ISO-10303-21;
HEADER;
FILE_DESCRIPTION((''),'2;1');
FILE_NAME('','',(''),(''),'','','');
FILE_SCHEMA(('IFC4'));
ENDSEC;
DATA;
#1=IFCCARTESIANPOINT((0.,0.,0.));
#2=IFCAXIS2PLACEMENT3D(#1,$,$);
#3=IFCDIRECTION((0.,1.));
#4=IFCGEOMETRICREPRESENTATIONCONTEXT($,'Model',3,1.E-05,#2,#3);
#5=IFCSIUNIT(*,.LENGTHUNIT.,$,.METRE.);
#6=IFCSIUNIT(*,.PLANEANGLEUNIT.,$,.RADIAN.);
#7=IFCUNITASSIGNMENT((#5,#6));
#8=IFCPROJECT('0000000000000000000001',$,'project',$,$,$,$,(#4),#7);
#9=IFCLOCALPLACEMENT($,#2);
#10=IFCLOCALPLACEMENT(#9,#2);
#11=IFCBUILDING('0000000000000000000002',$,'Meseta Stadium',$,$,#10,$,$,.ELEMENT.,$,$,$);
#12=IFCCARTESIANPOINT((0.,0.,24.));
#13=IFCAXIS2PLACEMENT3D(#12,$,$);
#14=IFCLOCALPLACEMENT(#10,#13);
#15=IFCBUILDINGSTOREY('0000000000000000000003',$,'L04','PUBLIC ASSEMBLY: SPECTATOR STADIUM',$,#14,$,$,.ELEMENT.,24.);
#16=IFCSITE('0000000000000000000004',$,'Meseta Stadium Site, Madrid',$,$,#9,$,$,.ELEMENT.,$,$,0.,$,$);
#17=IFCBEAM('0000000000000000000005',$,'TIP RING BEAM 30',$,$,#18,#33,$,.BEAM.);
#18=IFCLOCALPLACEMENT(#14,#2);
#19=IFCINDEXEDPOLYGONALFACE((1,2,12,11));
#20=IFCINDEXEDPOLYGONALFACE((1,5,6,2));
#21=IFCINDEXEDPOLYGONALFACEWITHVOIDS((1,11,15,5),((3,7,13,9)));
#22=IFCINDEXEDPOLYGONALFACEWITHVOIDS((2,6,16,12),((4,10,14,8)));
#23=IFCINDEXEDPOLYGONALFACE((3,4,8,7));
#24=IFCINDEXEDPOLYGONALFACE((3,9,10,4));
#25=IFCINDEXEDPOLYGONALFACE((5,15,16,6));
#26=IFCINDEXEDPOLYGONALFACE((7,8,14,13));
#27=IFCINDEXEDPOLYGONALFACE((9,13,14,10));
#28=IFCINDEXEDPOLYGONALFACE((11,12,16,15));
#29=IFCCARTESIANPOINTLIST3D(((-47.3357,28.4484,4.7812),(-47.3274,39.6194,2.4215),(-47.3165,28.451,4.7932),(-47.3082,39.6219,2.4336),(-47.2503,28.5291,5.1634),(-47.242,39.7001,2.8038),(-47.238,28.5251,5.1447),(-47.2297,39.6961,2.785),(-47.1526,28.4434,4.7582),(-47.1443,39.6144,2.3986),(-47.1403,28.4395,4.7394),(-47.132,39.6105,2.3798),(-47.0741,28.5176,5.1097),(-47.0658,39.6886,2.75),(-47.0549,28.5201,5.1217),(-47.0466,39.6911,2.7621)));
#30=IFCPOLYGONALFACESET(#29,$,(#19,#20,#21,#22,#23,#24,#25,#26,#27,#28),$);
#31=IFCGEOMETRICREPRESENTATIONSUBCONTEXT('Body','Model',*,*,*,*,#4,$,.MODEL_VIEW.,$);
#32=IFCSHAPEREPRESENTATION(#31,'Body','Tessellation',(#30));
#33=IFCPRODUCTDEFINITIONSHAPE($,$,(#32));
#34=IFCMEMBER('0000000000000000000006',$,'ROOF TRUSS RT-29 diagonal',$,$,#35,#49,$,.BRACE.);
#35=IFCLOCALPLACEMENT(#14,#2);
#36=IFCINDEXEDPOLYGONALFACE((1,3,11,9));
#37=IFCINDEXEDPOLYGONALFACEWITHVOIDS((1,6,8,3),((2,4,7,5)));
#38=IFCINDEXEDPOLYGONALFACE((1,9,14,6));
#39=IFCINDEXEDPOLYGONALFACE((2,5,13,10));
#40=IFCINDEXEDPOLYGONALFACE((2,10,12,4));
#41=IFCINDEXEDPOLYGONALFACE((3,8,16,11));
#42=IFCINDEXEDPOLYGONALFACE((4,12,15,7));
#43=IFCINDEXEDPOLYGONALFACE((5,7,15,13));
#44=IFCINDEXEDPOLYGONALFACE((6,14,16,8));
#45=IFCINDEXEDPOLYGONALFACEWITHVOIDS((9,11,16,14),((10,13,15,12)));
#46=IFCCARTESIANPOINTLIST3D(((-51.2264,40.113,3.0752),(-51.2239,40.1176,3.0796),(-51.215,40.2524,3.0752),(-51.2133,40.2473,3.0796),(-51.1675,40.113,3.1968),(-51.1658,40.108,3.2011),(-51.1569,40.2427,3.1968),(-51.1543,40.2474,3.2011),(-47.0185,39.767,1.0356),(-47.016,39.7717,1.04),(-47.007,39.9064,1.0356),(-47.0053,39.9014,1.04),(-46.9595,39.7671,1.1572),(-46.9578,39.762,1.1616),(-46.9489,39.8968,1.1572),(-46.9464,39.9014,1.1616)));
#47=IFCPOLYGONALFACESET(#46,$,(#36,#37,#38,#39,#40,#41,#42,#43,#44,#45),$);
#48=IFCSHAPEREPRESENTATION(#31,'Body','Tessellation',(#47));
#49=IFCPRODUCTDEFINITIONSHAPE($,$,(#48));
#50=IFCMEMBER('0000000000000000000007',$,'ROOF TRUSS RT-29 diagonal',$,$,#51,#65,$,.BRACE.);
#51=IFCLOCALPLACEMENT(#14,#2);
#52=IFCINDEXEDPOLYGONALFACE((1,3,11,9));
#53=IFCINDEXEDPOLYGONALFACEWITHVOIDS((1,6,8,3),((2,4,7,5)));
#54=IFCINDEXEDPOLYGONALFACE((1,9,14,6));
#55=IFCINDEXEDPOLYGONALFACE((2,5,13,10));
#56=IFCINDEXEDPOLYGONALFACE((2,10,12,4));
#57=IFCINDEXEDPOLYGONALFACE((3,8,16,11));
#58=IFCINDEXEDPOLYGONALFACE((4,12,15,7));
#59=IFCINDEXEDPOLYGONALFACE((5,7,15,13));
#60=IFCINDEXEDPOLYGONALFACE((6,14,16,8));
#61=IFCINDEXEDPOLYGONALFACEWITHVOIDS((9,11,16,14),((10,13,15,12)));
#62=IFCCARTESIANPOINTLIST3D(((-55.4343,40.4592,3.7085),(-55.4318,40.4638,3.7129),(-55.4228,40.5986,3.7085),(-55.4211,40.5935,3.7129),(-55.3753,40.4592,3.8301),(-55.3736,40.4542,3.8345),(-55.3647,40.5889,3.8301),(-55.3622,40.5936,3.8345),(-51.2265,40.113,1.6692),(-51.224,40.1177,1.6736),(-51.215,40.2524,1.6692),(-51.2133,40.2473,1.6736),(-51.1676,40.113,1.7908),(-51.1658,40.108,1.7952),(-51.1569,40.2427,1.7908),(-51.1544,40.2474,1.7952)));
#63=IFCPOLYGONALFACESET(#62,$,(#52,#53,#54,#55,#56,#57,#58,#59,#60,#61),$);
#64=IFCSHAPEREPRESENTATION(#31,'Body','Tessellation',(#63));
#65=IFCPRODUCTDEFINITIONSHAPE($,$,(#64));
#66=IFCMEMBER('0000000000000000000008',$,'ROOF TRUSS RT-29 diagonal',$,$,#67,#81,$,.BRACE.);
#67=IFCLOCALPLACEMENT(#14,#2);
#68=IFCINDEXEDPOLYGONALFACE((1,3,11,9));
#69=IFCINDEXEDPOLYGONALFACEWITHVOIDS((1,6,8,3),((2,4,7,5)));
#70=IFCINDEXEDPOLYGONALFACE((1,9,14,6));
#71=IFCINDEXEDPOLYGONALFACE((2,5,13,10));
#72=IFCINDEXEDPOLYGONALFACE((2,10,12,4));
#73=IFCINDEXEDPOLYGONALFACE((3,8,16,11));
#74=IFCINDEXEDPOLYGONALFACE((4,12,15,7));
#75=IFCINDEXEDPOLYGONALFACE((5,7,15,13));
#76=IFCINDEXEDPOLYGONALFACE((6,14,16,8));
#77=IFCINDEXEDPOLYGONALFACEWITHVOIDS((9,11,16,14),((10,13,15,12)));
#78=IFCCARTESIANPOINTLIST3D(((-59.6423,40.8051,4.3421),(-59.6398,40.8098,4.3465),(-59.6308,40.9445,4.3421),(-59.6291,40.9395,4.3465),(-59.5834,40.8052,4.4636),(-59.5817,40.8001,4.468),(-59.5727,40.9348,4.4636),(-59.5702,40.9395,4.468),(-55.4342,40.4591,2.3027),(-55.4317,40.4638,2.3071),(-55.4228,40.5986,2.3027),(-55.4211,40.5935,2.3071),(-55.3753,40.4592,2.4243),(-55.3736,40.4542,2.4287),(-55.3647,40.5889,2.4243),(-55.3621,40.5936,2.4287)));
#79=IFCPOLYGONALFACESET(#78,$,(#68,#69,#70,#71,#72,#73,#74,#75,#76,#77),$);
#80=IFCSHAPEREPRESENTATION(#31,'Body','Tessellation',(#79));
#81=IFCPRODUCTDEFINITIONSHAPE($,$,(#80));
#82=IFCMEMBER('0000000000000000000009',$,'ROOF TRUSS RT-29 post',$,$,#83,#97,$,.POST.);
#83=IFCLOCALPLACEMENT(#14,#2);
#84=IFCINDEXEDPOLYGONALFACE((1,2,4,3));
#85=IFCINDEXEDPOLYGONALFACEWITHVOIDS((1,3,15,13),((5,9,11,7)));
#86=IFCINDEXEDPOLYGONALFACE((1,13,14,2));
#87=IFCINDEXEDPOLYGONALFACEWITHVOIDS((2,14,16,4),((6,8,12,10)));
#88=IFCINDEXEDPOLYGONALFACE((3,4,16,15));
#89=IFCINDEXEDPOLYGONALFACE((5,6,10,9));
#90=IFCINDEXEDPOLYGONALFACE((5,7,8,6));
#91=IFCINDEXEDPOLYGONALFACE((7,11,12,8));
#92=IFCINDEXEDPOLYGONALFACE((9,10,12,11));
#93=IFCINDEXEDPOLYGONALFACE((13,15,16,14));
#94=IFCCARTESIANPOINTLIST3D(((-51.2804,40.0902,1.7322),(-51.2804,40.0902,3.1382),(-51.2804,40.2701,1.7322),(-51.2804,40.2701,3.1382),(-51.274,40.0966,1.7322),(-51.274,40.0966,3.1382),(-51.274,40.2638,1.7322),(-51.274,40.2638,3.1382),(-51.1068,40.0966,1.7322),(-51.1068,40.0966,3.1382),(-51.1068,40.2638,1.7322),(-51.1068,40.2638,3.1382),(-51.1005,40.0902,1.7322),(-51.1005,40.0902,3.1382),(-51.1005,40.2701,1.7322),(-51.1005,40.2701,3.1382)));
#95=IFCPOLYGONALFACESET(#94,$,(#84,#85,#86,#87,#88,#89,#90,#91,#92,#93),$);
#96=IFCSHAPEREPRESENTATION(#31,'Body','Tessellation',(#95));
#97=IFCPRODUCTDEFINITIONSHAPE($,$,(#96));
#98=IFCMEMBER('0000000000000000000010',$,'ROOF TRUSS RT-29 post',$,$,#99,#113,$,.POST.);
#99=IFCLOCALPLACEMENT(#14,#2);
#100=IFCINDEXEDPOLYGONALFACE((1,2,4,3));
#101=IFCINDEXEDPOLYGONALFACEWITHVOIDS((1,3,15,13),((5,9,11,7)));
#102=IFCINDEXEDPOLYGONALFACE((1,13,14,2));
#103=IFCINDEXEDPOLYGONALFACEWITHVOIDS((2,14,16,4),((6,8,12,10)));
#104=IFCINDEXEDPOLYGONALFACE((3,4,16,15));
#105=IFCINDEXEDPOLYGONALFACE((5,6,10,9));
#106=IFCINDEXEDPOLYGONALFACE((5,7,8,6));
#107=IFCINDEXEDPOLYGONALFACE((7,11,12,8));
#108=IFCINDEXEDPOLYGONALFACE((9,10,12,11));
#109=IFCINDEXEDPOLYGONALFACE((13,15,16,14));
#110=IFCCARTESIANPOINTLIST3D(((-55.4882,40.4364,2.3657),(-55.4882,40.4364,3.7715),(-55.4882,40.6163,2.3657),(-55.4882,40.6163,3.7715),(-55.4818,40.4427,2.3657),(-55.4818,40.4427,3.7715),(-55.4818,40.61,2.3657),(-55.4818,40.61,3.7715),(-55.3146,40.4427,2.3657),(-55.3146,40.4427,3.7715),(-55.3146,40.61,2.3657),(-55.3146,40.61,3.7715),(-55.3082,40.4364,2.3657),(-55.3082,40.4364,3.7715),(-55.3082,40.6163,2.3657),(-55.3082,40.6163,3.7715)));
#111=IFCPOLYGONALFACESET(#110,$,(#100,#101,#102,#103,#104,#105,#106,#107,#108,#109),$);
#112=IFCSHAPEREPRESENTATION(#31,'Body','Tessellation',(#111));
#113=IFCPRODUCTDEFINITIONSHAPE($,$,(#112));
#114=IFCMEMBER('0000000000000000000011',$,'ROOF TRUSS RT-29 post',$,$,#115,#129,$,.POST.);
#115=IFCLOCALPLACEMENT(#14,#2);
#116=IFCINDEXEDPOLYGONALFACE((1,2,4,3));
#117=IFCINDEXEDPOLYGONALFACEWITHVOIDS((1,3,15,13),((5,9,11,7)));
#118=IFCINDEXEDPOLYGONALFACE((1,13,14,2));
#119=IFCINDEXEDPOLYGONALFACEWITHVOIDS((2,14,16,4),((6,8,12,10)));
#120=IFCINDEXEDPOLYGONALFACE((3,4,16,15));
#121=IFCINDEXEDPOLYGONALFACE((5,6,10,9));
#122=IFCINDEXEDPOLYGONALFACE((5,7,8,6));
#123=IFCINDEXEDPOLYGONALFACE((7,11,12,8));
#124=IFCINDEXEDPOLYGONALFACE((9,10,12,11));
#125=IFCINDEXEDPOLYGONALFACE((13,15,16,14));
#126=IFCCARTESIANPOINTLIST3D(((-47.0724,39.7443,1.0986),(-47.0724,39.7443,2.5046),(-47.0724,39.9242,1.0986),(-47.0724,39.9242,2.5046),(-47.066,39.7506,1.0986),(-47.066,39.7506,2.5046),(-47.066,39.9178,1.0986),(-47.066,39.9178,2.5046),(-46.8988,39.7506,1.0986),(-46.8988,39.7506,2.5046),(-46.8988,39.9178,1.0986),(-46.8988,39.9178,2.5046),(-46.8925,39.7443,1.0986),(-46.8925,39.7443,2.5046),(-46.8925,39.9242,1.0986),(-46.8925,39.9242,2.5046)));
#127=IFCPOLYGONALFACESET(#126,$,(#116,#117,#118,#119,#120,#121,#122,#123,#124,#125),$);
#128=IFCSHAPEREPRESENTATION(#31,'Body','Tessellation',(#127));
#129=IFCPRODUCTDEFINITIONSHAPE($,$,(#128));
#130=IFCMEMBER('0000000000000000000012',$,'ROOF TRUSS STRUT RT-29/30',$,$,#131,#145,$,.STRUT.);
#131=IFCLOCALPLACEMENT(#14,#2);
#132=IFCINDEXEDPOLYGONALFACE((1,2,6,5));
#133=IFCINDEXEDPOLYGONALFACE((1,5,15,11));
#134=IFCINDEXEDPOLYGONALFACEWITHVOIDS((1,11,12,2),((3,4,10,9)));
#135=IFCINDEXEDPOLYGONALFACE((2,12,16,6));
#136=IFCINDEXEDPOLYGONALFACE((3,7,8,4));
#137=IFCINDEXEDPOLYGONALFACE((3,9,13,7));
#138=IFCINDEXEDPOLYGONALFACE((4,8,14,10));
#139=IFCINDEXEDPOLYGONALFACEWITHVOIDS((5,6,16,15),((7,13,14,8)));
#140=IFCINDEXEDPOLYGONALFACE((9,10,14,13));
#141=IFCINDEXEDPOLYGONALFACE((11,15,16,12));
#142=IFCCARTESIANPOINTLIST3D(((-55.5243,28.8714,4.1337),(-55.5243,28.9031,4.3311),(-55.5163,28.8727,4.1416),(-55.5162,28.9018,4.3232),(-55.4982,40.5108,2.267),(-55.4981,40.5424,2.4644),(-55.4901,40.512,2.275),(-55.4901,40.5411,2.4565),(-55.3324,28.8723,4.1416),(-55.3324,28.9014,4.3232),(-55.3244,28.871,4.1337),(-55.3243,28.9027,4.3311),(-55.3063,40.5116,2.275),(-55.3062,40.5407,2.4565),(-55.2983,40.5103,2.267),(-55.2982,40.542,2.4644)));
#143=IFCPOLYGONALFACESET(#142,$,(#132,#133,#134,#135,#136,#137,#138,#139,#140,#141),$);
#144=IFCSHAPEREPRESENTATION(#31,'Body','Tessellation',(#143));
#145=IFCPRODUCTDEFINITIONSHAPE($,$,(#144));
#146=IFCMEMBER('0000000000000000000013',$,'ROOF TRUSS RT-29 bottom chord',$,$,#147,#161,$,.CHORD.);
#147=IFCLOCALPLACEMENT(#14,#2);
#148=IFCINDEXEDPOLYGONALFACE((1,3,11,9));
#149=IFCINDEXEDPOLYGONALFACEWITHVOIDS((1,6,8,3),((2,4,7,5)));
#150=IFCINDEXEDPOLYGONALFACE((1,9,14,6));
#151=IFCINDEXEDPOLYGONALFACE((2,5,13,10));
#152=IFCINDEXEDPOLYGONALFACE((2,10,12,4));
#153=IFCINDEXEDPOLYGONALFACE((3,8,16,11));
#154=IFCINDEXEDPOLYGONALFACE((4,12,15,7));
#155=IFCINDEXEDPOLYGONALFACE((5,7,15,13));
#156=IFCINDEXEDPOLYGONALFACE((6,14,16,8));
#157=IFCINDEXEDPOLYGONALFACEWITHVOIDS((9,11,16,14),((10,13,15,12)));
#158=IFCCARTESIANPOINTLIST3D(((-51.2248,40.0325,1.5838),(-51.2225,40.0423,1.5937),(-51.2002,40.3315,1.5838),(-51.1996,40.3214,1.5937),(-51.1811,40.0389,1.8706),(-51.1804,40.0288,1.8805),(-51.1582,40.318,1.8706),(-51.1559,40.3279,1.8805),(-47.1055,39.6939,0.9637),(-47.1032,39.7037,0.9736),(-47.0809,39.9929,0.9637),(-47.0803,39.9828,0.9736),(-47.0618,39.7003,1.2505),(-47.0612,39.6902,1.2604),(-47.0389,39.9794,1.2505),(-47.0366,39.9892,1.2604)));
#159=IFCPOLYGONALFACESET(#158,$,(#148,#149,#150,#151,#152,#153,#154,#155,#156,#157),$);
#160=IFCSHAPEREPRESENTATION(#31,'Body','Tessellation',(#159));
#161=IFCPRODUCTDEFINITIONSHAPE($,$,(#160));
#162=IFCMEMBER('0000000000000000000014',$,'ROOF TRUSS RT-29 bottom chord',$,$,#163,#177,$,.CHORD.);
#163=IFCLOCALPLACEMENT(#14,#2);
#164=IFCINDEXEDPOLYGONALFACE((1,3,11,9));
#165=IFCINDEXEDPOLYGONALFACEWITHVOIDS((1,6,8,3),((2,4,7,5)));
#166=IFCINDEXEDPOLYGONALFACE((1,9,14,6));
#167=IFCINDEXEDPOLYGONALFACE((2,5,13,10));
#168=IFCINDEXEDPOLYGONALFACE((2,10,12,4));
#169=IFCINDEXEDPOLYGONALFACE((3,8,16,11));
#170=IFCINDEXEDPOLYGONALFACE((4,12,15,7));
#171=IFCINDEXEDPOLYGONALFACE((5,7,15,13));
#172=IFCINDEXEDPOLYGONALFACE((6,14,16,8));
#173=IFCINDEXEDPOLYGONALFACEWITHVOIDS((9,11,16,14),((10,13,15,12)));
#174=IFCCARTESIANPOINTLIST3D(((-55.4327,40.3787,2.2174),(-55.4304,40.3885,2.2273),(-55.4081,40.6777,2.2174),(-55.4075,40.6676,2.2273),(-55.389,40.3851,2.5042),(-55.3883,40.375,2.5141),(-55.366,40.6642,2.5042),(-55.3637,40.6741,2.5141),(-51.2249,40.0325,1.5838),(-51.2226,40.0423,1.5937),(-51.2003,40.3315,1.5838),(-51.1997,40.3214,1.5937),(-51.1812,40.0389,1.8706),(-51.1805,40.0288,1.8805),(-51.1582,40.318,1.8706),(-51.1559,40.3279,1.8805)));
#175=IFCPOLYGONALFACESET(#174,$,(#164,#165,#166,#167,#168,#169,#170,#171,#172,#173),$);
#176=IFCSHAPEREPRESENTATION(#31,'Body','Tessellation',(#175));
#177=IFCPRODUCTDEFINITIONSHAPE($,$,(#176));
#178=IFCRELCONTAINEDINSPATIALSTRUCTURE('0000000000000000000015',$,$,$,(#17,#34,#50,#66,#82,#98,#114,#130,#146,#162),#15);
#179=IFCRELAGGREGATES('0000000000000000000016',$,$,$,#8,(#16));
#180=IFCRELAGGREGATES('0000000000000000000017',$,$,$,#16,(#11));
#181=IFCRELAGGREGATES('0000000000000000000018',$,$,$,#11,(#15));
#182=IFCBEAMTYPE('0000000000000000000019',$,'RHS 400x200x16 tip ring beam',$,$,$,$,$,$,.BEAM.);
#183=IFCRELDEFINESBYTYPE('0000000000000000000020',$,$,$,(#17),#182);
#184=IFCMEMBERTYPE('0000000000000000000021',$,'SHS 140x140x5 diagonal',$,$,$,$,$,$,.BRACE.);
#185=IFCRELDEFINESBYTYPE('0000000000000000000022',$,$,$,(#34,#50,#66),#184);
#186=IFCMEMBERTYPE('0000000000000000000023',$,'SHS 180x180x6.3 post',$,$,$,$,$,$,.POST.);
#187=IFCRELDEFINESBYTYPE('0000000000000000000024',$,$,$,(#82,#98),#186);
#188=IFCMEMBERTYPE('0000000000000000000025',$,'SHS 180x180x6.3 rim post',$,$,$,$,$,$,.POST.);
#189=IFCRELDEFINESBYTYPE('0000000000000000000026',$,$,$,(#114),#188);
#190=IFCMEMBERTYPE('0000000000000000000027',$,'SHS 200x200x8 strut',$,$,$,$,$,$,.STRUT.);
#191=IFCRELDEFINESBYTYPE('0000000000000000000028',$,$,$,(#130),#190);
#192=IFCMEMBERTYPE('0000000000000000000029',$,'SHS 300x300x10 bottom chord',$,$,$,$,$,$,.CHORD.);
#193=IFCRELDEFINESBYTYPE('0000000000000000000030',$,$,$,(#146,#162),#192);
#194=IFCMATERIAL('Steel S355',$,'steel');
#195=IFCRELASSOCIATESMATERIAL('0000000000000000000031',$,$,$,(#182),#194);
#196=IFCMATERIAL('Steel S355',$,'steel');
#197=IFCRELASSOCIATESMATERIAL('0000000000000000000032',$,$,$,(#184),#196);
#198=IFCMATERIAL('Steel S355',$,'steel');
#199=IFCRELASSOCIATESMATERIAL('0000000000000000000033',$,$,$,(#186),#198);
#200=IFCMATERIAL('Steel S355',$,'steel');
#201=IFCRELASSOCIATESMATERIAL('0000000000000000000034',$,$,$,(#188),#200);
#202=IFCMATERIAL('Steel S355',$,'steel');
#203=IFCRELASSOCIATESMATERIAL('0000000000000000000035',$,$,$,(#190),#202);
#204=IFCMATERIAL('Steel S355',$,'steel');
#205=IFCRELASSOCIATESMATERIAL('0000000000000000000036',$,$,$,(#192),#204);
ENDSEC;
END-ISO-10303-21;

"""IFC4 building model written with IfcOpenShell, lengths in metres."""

from ifc_helpers import new_model, si_unit, direction, frame, origin, origin_2d, place, context, subcontext, project, spatial, hollow_rectangle, extrude, material, material_profile, profile_set, type_object, element, save


model = new_model("IFC4")

# Units and contexts
model_context = context("Model", 3, precision=1e-05, world=origin(), true_north=direction((0.0, 1.0)))
body_context = subcontext(model_context, "Body", "Model", "MODEL_VIEW")
ifc_project = project(units=[si_unit("LENGTHUNIT", "METRE"), si_unit("PLANEANGLEUNIT", "RADIAN")], contexts=[model_context])

# Site, building, storey
site_placement = place(None, origin())
site = spatial("IfcSite", under=ifc_project, at=site_placement, Name="Meseta Stadium Site, Madrid", CompositionType="ELEMENT", RefElevation=0.0)
building_placement = place(site_placement, origin())
building = spatial("IfcBuilding", under=site, at=building_placement, Name="Meseta Stadium", CompositionType="ELEMENT")
storey_placement = place(building_placement, frame((0.0, 0.0, 24.0)))
storey = spatial("IfcBuildingStorey", under=building, at=storey_placement, Name="L04", Description="PUBLIC ASSEMBLY: SPECTATOR STADIUM", CompositionType="ELEMENT", Elevation=24.0)

# Beam
ifc_material_1 = material(Name="Steel S355", Category="steel")
ifc_material_profile_1 = material_profile(ifc_material_1, hollow_rectangle(XDim=0.2, YDim=0.3999, WallThickness=0.0161, at=origin_2d()), Name="RHS 400x200x16")
ifc_profile_set_1 = profile_set([ifc_material_profile_1], Name="Steel S355")
beam_type = type_object("IfcBeamType", Name="RHS 400x200x16 tip ring beam", PredefinedType="BEAM", material=ifc_profile_set_1)
beam_placement = place(storey_placement, frame((-47.187, 39.6553, 2.5918), z_axis=(-0.000727, -0.978411, 0.206669), x_axis=(0.976934, -0.044827, -0.208782)))
element("IfcBeam", 1, at=beam_placement, inside=storey, type_object=beam_type, Name="TIP RING BEAM 30", PredefinedType="BEAM", context=body_context, shape_type="SweptSolid", body=[
    extrude(hollow_rectangle(XDim=0.2, YDim=0.3999, WallThickness=0.0161, at=origin_2d()), origin(), (0.0, 0.0, 1.0), 11.4175),
])

# Members
ifc_material_2 = material(Name="Steel S355", Category="steel")
ifc_material_profile_2 = material_profile(ifc_material_2, hollow_rectangle(XDim=0.1399, YDim=0.1399, WallThickness=0.0049, at=origin_2d()), Name="SHS 140x140x5")
ifc_profile_set_2 = profile_set([ifc_material_profile_2], Name="Steel S355")
member_type_1 = type_object("IfcMemberType", Name="SHS 140x140x5 diagonal", PredefinedType="BRACE", material=ifc_profile_set_2)
member_1_placement = place(storey_placement, frame((-46.9824, 39.8342, 1.0986), z_axis=(-0.89742, 0.073778, 0.434964), x_axis=(-0.081935, -0.996638, 0.0)))
element("IfcMember", 2, at=member_1_placement, inside=storey, type_object=member_type_1, Name="ROOF TRUSS RT-29 diagonal", PredefinedType="BRACE", context=body_context, shape_type="SweptSolid", body=[
    extrude(hollow_rectangle(XDim=0.1399, YDim=0.1399, WallThickness=0.0049, at=origin_2d()), origin(), (0.0, 0.0, 1.0), 4.689),
])
member_2_placement = place(storey_placement, frame((-51.1904, 40.1802, 1.7322), z_axis=(-0.897427, 0.073835, 0.434941), x_axis=(-0.081997, -0.996633, 0.0)))
element("IfcMember", 3, at=member_2_placement, inside=storey, type_object=member_type_1, Name="ROOF TRUSS RT-29 diagonal", PredefinedType="BRACE", context=body_context, shape_type="SweptSolid", body=[
    extrude(hollow_rectangle(XDim=0.1399, YDim=0.1399, WallThickness=0.0049, at=origin_2d()), origin(), (0.0, 0.0, 1.0), 4.6887),
])
member_3_placement = place(storey_placement, frame((-55.3982, 40.5264, 2.3657), z_axis=(-0.89744, 0.07378, 0.434922), x_axis=(-0.081935, -0.996638, 0.0)))
element("IfcMember", 4, at=member_3_placement, inside=storey, type_object=member_type_1, Name="ROOF TRUSS RT-29 diagonal", PredefinedType="BRACE", context=body_context, shape_type="SweptSolid", body=[
    extrude(hollow_rectangle(XDim=0.1399, YDim=0.1399, WallThickness=0.0049, at=origin_2d()), origin(), (0.0, 0.0, 1.0), 4.689),
])
ifc_material_3 = material(Name="Steel S355", Category="steel")
ifc_material_profile_3 = material_profile(ifc_material_3, hollow_rectangle(XDim=0.1799, YDim=0.1799, WallThickness=0.0063, at=origin_2d()), Name="SHS 180x180x6.3")
ifc_profile_set_3 = profile_set([ifc_material_profile_3], Name="Steel S355")
member_type_2 = type_object("IfcMemberType", Name="SHS 180x180x6.3 post", PredefinedType="POST", material=ifc_profile_set_3)
member_4_placement = place(storey_placement, frame((-51.1904, 40.1802, 1.7322), z_axis=(0.0, 0.0, 1.0), x_axis=(1.0, 0.0, 0.0)))
element("IfcMember", 5, at=member_4_placement, inside=storey, type_object=member_type_2, Name="ROOF TRUSS RT-29 post", PredefinedType="POST", context=body_context, shape_type="SweptSolid", body=[
    extrude(hollow_rectangle(XDim=0.1799, YDim=0.1799, WallThickness=0.0063, at=origin_2d()), origin(), (0.0, 0.0, 1.0), 1.406),
])
member_5_placement = place(storey_placement, frame((-55.3982, 40.5264, 2.3657), z_axis=(0.0, 0.0, 1.0), x_axis=(1.0, 0.0, 0.0)))
element("IfcMember", 6, at=member_5_placement, inside=storey, type_object=member_type_2, Name="ROOF TRUSS RT-29 post", PredefinedType="POST", context=body_context, shape_type="SweptSolid", body=[
    extrude(hollow_rectangle(XDim=0.1799, YDim=0.1799, WallThickness=0.0063, at=origin_2d()), origin(), (0.0, 0.0, 1.0), 1.4058),
])
ifc_material_4 = material(Name="Steel S355", Category="steel")
ifc_material_profile_4 = material_profile(ifc_material_4, hollow_rectangle(XDim=0.1799, YDim=0.1799, WallThickness=0.0063, at=origin_2d()), Name="SHS 180x180x6.3")
ifc_profile_set_4 = profile_set([ifc_material_profile_4], Name="Steel S355")
member_type_3 = type_object("IfcMemberType", Name="SHS 180x180x6.3 rim post", PredefinedType="POST", material=ifc_profile_set_4)
member_6_placement = place(storey_placement, frame((-46.9824, 39.8342, 1.0986), z_axis=(0.0, 0.0, 1.0), x_axis=(1.0, 0.0, 0.0)))
element("IfcMember", 7, at=member_6_placement, inside=storey, type_object=member_type_3, Name="ROOF TRUSS RT-29 post", PredefinedType="POST", context=body_context, shape_type="SweptSolid", body=[
    extrude(hollow_rectangle(XDim=0.1799, YDim=0.1799, WallThickness=0.0063, at=origin_2d()), origin(), (0.0, 0.0, 1.0), 1.406),
])
ifc_material_5 = material(Name="Steel S355", Category="steel")
ifc_material_profile_5 = material_profile(ifc_material_5, hollow_rectangle(XDim=0.2, YDim=0.2, WallThickness=0.0081, at=origin_2d()), Name="SHS 200x200x8")
ifc_profile_set_5 = profile_set([ifc_material_profile_5], Name="Steel S355")
member_type_4 = type_object("IfcMemberType", Name="SHS 200x200x8 strut", PredefinedType="STRUT", material=ifc_profile_set_5)
member_7_placement = place(storey_placement, frame((-55.3982, 40.5264, 2.3657), z_axis=(-0.002216, -0.98738, 0.158354), x_axis=(0.999997, -0.002244, 0.0)))
element("IfcMember", 8, at=member_7_placement, inside=storey, type_object=member_type_4, Name="ROOF TRUSS STRUT RT-29/30", PredefinedType="STRUT", context=body_context, shape_type="SweptSolid", body=[
    extrude(hollow_rectangle(XDim=0.2, YDim=0.2, WallThickness=0.0081, at=origin_2d()), origin(), (0.0, 0.0, 1.0), 11.7881),
])
ifc_material_6 = material(Name="Steel S355", Category="steel")
ifc_material_profile_6 = material_profile(ifc_material_6, hollow_rectangle(XDim=0.3, YDim=0.3, WallThickness=0.01, at=origin_2d()), Name="SHS 300x300x10")
ifc_profile_set_6 = profile_set([ifc_material_profile_6], Name="Steel S355")
member_type_5 = type_object("IfcMemberType", Name="SHS 300x300x10 bottom chord", PredefinedType="CHORD", material=ifc_profile_set_6)
member_8_placement = place(storey_placement, frame((-47.071, 39.8416, 1.1121), z_axis=(-0.985608, 0.081019, 0.14837), x_axis=(-0.081926, -0.996638, 0.0)))
element("IfcMember", 9, at=member_8_placement, inside=storey, type_object=member_type_5, Name="ROOF TRUSS RT-29 bottom chord", PredefinedType="CHORD", context=body_context, shape_type="SweptSolid", body=[
    extrude(hollow_rectangle(XDim=0.3, YDim=0.3, WallThickness=0.01, at=origin_2d()), origin(), (0.0, 0.0, 1.0), 4.1794),
])
member_9_placement = place(storey_placement, frame((-51.1904, 40.1802, 1.7322), z_axis=(-0.985598, 0.081089, 0.148397), x_axis=(-0.081997, -0.996633, 0.0)))
element("IfcMember", 10, at=member_9_placement, inside=storey, type_object=member_type_5, Name="ROOF TRUSS RT-29 bottom chord", PredefinedType="CHORD", context=body_context, shape_type="SweptSolid", body=[
    extrude(hollow_rectangle(XDim=0.3, YDim=0.3, WallThickness=0.01, at=origin_2d()), origin(), (0.0, 0.0, 1.0), 4.2693),
])

save(model, "model.ifc")
